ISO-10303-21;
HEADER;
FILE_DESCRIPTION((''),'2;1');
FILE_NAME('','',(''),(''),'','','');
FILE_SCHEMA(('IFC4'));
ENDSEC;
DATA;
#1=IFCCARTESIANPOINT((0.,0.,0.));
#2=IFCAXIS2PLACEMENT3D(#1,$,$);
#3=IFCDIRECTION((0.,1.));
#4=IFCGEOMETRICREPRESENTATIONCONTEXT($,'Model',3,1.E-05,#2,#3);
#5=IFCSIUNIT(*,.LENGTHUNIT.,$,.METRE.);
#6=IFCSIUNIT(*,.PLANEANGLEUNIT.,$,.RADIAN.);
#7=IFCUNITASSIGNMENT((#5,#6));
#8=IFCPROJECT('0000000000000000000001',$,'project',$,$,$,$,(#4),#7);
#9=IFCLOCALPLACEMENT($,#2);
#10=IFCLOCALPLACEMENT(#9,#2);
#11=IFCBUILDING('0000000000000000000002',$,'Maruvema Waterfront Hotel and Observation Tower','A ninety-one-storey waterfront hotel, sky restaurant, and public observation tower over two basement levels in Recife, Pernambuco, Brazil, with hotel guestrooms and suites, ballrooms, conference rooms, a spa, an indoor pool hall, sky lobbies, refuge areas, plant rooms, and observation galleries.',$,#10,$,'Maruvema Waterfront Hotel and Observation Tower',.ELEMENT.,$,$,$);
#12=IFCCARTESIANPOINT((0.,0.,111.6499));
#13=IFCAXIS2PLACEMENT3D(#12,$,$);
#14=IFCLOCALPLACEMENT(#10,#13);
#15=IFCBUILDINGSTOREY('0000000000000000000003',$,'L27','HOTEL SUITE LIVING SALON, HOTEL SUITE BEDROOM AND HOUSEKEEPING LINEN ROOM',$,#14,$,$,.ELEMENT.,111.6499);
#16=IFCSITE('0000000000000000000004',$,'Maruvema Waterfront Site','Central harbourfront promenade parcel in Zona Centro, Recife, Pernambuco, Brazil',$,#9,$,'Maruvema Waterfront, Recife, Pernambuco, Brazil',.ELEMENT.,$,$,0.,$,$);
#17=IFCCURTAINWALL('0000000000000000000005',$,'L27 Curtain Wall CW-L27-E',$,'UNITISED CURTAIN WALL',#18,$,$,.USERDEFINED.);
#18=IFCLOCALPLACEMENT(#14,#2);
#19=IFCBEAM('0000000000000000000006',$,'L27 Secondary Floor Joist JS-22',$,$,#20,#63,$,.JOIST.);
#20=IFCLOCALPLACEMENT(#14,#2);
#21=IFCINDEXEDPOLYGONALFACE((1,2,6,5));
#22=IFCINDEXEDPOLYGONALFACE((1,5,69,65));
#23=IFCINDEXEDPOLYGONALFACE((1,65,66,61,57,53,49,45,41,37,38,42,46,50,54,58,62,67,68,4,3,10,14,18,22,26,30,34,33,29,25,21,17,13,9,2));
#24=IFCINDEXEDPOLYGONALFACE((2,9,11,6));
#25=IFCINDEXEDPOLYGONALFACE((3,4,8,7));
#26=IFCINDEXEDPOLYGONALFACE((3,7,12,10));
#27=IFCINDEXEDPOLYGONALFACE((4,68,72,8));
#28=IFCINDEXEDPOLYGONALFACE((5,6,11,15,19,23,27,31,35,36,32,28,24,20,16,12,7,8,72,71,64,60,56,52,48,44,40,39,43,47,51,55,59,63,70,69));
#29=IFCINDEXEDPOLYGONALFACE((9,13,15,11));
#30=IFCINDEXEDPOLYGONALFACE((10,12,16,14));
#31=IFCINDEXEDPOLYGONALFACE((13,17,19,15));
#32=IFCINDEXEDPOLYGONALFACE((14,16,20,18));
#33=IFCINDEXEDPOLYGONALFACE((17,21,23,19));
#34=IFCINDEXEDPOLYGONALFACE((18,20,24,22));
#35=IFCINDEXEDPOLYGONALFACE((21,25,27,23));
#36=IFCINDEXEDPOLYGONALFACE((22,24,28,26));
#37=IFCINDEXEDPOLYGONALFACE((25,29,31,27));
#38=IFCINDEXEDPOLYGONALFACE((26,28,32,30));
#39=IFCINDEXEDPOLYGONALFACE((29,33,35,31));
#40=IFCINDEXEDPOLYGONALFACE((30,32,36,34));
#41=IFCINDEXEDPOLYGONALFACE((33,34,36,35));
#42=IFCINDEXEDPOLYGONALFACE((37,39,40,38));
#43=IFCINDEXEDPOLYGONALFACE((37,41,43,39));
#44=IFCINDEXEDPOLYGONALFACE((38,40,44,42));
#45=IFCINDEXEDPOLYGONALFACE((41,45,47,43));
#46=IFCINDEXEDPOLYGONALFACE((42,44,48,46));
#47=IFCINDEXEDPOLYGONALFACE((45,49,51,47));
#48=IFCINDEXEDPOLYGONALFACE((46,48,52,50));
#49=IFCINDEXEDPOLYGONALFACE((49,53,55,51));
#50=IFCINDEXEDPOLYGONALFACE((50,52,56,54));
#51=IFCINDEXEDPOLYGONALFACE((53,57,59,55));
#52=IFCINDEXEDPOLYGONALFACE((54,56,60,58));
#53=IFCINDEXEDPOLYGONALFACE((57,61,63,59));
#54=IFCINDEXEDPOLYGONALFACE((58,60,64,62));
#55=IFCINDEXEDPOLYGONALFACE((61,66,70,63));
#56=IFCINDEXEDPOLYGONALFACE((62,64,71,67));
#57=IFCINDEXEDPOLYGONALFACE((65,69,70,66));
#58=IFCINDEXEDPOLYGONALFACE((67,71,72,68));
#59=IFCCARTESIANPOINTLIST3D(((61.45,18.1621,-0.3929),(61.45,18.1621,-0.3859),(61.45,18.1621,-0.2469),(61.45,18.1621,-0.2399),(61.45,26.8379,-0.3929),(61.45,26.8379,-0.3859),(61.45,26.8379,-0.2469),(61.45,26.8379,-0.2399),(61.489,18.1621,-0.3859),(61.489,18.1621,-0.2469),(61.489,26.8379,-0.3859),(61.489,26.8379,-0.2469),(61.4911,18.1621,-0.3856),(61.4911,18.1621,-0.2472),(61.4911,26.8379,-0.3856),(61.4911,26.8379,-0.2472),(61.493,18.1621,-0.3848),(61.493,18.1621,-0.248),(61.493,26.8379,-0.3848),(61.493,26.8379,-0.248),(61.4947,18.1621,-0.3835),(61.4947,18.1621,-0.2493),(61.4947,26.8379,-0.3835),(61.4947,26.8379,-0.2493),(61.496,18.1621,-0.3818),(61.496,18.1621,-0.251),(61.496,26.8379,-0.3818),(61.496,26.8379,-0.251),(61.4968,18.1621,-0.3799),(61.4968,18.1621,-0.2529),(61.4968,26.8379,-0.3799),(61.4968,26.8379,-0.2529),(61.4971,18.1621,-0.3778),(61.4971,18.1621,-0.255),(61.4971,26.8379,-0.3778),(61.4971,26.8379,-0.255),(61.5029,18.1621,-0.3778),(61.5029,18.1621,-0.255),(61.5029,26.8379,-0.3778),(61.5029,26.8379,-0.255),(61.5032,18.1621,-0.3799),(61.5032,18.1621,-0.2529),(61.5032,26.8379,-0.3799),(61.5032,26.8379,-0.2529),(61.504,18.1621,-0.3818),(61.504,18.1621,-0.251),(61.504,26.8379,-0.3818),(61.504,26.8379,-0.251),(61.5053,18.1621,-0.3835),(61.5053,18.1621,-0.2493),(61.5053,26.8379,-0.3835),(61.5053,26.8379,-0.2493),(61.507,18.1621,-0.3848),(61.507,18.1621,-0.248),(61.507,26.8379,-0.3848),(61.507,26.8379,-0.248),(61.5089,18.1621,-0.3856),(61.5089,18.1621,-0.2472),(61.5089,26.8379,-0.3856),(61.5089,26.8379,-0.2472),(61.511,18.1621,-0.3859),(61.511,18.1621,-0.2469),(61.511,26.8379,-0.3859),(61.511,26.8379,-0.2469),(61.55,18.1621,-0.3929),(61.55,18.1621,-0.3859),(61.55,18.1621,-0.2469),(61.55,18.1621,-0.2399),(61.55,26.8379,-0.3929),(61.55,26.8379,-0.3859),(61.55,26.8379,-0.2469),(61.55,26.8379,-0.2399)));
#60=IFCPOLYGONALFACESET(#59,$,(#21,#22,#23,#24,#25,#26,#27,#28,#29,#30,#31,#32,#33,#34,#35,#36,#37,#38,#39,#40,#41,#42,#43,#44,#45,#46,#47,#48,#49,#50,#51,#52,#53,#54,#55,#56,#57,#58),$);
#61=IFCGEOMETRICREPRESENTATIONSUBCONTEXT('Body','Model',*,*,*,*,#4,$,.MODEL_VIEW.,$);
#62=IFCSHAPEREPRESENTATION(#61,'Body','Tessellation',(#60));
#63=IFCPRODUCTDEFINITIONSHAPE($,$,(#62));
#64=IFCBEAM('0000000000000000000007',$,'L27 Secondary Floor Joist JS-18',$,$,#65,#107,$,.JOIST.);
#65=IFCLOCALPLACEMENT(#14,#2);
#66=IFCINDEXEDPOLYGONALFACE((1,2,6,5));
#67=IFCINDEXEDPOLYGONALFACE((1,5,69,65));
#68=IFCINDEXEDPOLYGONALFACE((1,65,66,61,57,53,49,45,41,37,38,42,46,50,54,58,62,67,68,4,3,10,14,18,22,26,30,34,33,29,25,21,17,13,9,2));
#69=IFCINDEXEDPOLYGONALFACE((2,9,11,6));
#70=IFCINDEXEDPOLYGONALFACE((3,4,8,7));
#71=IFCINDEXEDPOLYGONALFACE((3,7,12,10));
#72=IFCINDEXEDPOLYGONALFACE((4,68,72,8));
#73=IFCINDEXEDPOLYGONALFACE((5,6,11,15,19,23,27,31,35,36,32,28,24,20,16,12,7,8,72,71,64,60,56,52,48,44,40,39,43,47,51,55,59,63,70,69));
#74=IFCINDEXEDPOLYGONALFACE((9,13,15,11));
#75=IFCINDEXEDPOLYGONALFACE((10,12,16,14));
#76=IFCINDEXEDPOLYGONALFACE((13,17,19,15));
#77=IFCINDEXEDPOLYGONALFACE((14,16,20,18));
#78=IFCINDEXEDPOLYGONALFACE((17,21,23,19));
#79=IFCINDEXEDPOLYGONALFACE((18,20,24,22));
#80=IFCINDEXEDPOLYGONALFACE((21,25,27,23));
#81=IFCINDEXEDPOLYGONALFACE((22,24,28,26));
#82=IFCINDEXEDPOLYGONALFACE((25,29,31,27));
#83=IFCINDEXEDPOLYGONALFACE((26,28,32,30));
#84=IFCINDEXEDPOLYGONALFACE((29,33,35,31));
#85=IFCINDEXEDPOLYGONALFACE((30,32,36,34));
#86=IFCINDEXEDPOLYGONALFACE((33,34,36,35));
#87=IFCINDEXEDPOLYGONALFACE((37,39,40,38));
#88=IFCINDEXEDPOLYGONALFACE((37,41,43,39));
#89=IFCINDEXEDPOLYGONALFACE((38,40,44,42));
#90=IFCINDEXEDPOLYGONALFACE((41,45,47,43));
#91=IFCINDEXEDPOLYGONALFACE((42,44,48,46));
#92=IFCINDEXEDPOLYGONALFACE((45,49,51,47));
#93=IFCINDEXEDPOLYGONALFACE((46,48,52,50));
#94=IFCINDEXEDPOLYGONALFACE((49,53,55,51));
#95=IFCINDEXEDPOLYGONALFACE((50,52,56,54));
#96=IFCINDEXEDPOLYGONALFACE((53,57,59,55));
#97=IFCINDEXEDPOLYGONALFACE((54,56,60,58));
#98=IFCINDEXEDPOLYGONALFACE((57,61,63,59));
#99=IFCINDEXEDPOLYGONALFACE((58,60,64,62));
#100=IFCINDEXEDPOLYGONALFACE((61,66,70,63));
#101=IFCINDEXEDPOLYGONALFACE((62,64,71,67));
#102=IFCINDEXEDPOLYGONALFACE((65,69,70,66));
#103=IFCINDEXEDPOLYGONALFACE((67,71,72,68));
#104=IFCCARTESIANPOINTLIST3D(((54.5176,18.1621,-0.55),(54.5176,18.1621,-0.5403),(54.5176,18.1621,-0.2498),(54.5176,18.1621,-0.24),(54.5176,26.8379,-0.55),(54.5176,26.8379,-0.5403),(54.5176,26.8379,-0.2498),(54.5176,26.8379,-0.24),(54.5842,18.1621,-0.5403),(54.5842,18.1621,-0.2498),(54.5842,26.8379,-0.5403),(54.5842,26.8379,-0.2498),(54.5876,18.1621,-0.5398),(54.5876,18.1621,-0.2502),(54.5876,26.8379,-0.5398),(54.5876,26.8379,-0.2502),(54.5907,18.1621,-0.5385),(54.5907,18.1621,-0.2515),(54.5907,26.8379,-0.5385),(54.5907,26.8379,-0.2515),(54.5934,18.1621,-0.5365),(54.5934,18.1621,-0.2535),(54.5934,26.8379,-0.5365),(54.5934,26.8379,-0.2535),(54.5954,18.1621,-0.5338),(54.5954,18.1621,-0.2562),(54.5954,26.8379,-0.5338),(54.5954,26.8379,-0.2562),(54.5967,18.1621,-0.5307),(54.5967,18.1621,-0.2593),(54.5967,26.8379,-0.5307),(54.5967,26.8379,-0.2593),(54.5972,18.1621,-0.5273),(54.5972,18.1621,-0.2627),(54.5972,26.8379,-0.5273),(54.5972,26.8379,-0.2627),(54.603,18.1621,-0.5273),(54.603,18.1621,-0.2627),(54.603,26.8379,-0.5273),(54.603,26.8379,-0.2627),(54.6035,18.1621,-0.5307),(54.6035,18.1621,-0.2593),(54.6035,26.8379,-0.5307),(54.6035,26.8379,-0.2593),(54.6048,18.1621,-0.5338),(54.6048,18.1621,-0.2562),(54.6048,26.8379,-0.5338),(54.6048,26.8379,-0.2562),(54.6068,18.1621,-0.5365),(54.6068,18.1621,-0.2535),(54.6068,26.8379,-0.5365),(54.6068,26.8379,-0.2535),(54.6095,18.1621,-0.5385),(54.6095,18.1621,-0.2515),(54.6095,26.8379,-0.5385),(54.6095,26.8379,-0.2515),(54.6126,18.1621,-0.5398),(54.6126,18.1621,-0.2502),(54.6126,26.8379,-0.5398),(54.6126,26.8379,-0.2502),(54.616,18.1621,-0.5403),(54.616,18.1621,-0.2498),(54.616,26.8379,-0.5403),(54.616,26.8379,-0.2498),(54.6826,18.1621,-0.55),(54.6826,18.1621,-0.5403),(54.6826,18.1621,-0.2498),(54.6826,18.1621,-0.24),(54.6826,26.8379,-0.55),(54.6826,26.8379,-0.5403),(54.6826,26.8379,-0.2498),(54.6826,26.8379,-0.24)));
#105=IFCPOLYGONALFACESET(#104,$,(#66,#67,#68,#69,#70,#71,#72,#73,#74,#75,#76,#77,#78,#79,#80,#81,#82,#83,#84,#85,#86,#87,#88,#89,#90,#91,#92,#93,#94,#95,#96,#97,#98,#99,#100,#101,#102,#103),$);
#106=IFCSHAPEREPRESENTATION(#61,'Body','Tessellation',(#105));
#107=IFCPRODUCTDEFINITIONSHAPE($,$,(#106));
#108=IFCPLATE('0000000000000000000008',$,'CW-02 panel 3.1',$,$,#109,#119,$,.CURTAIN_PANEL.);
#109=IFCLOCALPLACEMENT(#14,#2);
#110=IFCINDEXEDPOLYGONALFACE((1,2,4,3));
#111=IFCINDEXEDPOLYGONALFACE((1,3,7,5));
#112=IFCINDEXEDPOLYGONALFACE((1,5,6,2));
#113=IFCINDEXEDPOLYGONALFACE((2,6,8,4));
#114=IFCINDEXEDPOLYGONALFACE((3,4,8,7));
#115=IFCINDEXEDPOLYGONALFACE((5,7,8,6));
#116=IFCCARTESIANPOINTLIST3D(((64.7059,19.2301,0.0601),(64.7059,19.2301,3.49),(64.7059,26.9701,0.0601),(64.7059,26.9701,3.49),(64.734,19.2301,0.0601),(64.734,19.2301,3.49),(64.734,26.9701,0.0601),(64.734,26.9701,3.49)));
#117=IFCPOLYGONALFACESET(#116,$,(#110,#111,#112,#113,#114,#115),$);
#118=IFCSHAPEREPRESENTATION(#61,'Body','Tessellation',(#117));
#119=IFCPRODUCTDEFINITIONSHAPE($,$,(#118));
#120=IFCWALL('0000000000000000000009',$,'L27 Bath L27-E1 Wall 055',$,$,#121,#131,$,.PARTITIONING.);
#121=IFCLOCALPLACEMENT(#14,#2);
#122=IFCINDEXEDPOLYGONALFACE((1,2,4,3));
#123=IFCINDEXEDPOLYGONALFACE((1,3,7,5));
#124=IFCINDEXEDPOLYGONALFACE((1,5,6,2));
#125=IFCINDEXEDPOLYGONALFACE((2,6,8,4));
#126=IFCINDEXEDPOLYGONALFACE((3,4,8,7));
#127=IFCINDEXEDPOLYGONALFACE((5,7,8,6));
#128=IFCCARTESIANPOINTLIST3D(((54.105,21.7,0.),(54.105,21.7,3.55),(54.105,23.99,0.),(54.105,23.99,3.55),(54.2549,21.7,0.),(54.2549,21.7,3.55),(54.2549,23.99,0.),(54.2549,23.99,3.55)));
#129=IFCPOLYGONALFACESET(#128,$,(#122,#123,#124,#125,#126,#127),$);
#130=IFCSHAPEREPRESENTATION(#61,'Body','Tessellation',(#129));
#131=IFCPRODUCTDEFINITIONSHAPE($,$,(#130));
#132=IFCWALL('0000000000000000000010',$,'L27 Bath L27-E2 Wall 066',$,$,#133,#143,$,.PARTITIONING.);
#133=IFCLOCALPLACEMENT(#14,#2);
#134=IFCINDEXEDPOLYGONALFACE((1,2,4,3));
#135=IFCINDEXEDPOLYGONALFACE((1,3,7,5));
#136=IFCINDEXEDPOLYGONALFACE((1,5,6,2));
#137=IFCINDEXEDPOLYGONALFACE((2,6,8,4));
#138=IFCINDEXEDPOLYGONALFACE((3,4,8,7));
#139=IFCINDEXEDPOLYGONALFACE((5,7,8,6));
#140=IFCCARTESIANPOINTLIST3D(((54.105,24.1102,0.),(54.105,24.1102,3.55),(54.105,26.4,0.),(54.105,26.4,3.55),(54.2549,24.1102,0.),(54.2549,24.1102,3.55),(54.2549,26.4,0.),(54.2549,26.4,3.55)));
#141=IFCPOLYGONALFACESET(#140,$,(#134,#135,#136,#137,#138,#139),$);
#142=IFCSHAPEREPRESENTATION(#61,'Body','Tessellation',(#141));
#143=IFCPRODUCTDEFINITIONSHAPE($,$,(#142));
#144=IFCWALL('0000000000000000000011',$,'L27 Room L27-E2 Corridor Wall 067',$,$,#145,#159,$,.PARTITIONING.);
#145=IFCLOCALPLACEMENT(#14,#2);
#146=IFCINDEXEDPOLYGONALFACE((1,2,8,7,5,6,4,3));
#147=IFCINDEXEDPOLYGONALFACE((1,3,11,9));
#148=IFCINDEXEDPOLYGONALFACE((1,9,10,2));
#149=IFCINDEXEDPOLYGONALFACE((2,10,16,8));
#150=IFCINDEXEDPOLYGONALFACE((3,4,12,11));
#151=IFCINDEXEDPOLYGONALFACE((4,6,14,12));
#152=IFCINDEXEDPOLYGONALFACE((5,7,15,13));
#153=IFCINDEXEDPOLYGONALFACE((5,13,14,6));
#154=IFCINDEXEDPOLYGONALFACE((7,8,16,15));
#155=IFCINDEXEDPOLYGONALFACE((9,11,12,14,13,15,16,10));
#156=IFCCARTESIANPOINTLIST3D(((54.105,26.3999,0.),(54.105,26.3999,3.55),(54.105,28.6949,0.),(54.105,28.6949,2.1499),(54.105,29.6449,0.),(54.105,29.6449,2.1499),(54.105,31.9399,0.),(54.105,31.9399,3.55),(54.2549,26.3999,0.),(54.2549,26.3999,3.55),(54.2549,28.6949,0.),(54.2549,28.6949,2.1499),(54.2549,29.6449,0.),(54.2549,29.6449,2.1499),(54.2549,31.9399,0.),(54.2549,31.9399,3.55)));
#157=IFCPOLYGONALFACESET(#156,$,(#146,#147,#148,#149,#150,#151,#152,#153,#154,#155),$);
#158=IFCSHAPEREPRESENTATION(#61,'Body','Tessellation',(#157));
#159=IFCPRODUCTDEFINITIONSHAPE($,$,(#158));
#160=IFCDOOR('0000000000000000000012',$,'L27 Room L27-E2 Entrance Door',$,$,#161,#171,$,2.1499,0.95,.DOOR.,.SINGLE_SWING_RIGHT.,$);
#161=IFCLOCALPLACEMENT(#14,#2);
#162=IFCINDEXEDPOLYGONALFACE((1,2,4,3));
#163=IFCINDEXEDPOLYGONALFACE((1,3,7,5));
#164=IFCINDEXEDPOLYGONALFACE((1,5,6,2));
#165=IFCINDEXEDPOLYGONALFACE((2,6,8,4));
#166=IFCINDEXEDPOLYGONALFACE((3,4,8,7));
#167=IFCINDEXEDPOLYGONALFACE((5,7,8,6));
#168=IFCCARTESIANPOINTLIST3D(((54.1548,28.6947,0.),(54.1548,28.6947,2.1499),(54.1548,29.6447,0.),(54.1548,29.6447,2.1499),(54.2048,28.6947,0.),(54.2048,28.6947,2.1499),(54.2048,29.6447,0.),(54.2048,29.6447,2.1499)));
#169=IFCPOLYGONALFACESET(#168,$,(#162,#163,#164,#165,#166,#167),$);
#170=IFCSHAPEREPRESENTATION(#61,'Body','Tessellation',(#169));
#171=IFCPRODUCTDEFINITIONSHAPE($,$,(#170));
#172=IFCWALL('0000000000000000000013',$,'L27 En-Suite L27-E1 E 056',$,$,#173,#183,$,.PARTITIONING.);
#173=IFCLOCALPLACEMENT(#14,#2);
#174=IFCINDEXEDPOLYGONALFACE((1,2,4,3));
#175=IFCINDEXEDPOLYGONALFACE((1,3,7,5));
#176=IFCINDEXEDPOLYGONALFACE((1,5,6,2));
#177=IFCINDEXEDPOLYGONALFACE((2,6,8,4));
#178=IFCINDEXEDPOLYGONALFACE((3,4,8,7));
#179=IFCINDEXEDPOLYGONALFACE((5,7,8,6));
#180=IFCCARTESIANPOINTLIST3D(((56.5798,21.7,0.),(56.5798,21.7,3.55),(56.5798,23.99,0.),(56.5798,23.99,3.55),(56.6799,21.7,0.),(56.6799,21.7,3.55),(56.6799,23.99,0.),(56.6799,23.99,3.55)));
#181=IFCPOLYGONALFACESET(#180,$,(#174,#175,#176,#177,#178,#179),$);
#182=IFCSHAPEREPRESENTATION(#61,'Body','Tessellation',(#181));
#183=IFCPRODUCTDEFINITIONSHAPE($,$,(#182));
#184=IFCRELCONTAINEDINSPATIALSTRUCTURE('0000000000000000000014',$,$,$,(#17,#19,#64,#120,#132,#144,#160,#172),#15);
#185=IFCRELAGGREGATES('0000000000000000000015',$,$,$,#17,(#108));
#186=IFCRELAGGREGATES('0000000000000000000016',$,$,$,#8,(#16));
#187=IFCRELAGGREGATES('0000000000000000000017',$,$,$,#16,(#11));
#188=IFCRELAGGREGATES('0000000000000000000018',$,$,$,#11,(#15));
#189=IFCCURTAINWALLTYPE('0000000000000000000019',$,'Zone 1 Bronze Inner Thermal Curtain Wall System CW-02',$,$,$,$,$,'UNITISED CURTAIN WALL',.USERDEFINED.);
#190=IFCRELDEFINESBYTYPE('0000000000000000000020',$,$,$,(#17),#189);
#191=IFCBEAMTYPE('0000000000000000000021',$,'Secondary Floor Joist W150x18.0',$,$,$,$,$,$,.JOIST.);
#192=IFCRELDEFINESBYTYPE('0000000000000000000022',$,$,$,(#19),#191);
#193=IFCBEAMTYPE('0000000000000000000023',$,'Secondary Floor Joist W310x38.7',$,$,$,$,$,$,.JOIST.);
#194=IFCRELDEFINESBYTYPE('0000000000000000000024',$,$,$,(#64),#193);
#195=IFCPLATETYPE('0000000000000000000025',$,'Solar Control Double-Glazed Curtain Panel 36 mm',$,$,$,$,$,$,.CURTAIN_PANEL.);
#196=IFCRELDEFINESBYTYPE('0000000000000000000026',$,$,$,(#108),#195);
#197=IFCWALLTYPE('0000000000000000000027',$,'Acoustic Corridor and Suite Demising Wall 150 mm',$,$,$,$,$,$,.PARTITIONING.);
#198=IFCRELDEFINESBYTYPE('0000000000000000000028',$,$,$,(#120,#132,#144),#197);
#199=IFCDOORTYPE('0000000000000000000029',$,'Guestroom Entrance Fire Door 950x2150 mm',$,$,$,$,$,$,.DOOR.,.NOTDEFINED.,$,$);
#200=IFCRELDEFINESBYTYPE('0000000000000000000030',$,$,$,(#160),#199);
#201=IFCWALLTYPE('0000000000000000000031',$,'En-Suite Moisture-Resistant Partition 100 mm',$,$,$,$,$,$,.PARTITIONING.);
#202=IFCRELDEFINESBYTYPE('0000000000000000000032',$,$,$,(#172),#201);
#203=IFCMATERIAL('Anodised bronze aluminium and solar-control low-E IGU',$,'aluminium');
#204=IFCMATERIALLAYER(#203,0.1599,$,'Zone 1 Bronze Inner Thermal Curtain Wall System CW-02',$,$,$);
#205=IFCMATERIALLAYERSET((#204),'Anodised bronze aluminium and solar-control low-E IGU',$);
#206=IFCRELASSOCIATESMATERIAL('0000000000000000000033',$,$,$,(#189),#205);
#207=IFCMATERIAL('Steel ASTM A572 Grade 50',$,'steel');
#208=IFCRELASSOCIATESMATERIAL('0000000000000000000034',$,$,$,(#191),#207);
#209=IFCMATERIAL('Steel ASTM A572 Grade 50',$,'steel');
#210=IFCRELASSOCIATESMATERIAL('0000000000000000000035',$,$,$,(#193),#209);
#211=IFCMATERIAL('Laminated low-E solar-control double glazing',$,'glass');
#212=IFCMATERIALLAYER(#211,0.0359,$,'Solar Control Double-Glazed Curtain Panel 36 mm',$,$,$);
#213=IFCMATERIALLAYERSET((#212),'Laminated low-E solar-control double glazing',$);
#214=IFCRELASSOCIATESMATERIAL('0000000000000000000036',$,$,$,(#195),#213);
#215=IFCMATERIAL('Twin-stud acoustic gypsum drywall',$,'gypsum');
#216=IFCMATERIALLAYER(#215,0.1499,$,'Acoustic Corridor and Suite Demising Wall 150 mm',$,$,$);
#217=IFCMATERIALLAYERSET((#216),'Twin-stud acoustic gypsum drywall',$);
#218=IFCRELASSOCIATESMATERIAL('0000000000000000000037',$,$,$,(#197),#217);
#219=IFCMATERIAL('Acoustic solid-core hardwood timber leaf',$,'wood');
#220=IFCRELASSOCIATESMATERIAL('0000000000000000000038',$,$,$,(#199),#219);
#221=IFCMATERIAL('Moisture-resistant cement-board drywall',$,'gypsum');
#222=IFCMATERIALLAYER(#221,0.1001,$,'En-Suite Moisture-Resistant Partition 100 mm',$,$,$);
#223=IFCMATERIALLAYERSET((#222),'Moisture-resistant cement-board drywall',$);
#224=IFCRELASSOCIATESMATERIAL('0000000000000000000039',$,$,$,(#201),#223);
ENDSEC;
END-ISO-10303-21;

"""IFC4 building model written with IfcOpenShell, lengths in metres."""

from ifc_helpers import new_model, si_unit, direction, frame, frame_2d, origin, origin_2d, place, context, subcontext, project, spatial, rectangle, i_section, extrude, material, layer, layer_set, material_profile, profile_set, type_object, element, fill, aggregate, save


model = new_model("IFC4")

# Units and contexts
model_context = context("Model", 3, precision=1e-05, world=origin(), true_north=direction((0.0, 1.0)))
body_context = subcontext(model_context, "Body", "Model", "MODEL_VIEW")
ifc_project = project(units=[si_unit("LENGTHUNIT", "METRE"), si_unit("PLANEANGLEUNIT", "RADIAN")], contexts=[model_context])

# Site, building, storey
site_placement = place(None, origin())
site = spatial("IfcSite", under=ifc_project, at=site_placement, Name="Maruvema Waterfront Site", Description="Central harbourfront promenade parcel in Zona Centro, Recife, Pernambuco, Brazil", LongName="Maruvema Waterfront, Recife, Pernambuco, Brazil", CompositionType="ELEMENT", RefElevation=0.0)
building_placement = place(site_placement, origin())
building = spatial("IfcBuilding", under=site, at=building_placement, Name="Maruvema Waterfront Hotel and Observation Tower", Description="A ninety-one-storey waterfront hotel, sky restaurant, and public observation tower over two basement levels in Recife, Pernambuco, Brazil, with hotel guestrooms and suites, ballrooms, conference rooms, a spa, an indoor pool hall, sky lobbies, refuge areas, plant rooms, and observation galleries.", LongName="Maruvema Waterfront Hotel and Observation Tower", CompositionType="ELEMENT")
storey_placement = place(building_placement, frame((0.0, 0.0, 111.6499)))
storey = spatial("IfcBuildingStorey", under=building, at=storey_placement, Name="L27", Description="HOTEL SUITE LIVING SALON, HOTEL SUITE BEDROOM AND HOUSEKEEPING LINEN ROOM", CompositionType="ELEMENT", Elevation=111.6499)

# Curtain wall
ifc_material_1 = material(Name="Anodised bronze aluminium and solar-control low-E IGU", Category="aluminium")
ifc_layer_1 = layer(ifc_material_1, 0.1599, Name="Zone 1 Bronze Inner Thermal Curtain Wall System CW-02")
ifc_layer_set_1 = layer_set([ifc_layer_1], Name="Anodised bronze aluminium and solar-control low-E IGU")
curtain_wall_type = type_object("IfcCurtainWallType", Name="Zone 1 Bronze Inner Thermal Curtain Wall System CW-02", ElementType="UNITISED CURTAIN WALL", PredefinedType="USERDEFINED", material=ifc_layer_set_1)
curtain_wall_placement = place(storey_placement, origin())
curtain_wall = element("IfcCurtainWall", 1, at=curtain_wall_placement, inside=storey, type_object=curtain_wall_type, Name="L27 Curtain Wall CW-L27-E", ObjectType="UNITISED CURTAIN WALL", PredefinedType="USERDEFINED")

# Beams
ifc_material_2 = material(Name="Steel ASTM A572 Grade 50", Category="steel")
ifc_material_profile_1 = material_profile(ifc_material_2, i_section(OverallWidth=0.1001, OverallDepth=0.1531, WebThickness=0.0059, FlangeThickness=0.0071, FilletRadius=0.0081, at=origin_2d()), Name="W150x18.0")
ifc_profile_set_1 = profile_set([ifc_material_profile_1], Name="Steel ASTM A572 Grade 50")
beam_type_1 = type_object("IfcBeamType", Name="Secondary Floor Joist W150x18.0", PredefinedType="JOIST", material=ifc_profile_set_1)
beam_1_placement = place(storey_placement, frame((61.5, 18.1621, -0.3164), z_axis=(0.0, 1.0, 0.0), x_axis=(-1.0, 0.0, 0.0)))
element("IfcBeam", 2, at=beam_1_placement, inside=storey, type_object=beam_type_1, Name="L27 Secondary Floor Joist JS-22", PredefinedType="JOIST", context=body_context, shape_type="SweptSolid", body=[
    extrude(i_section(OverallWidth=0.1001, OverallDepth=0.1531, WebThickness=0.0059, FlangeThickness=0.0071, FilletRadius=0.0081, at=origin_2d()), origin(), (0.0, 0.0, 1.0), 8.6758),
])
ifc_material_3 = material(Name="Steel ASTM A572 Grade 50", Category="steel")
ifc_material_profile_2 = material_profile(ifc_material_3, i_section(OverallWidth=0.165, OverallDepth=0.3101, WebThickness=0.0059, FlangeThickness=0.0098, FilletRadius=0.0129, at=origin_2d()), Name="W310x38.7")
ifc_profile_set_2 = profile_set([ifc_material_profile_2], Name="Steel ASTM A572 Grade 50")
beam_type_2 = type_object("IfcBeamType", Name="Secondary Floor Joist W310x38.7", PredefinedType="JOIST", material=ifc_profile_set_2)
beam_2_placement = place(storey_placement, frame((54.6001, 18.1621, -0.395), z_axis=(0.0, 1.0, 0.0), x_axis=(-1.0, 0.0, 0.0)))
element("IfcBeam", 3, at=beam_2_placement, inside=storey, type_object=beam_type_2, Name="L27 Secondary Floor Joist JS-18", PredefinedType="JOIST", context=body_context, shape_type="SweptSolid", body=[
    extrude(i_section(OverallWidth=0.165, OverallDepth=0.3101, WebThickness=0.0059, FlangeThickness=0.0098, FilletRadius=0.0129, at=origin_2d()), origin(), (0.0, 0.0, 1.0), 8.6758),
])

# Plate
ifc_material_4 = material(Name="Laminated low-E solar-control double glazing", Category="glass")
ifc_layer_2 = layer(ifc_material_4, 0.0359, Name="Solar Control Double-Glazed Curtain Panel 36 mm")
ifc_layer_set_2 = layer_set([ifc_layer_2], Name="Laminated low-E solar-control double glazing")
plate_type = type_object("IfcPlateType", Name="Solar Control Double-Glazed Curtain Panel 36 mm", PredefinedType="CURTAIN_PANEL", material=ifc_layer_set_2)
plate_placement = place(storey_placement, frame((64.72, 23.1001, 0.0601), z_axis=(0.0, 0.0, 1.0), x_axis=(0.0, 1.0, 0.0)))
plate = element("IfcPlate", 4, at=plate_placement, type_object=plate_type, Name="CW-02 panel 3.1", PredefinedType="CURTAIN_PANEL", context=body_context, shape_type="SweptSolid", body=[
    extrude(rectangle(XDim=7.74, YDim=0.0281, at=origin_2d()), origin(), (0.0, 0.0, 1.0), 3.4299),
])
aggregate(curtain_wall, [plate])

# Walls
ifc_material_5 = material(Name="Twin-stud acoustic gypsum drywall", Category="gypsum")
ifc_layer_3 = layer(ifc_material_5, 0.1499, Name="Acoustic Corridor and Suite Demising Wall 150 mm")
ifc_layer_set_3 = layer_set([ifc_layer_3], Name="Twin-stud acoustic gypsum drywall")
wall_type_1 = type_object("IfcWallType", Name="Acoustic Corridor and Suite Demising Wall 150 mm", PredefinedType="PARTITIONING", material=ifc_layer_set_3)
wall_1_placement = place(storey_placement, frame((54.1799, 21.7, 0.0), z_axis=(0.0, 0.0, 1.0), x_axis=(0.0, 1.0, 0.0)))
element("IfcWall", 5, at=wall_1_placement, inside=storey, type_object=wall_type_1, Name="L27 Bath L27-E1 Wall 055", PredefinedType="PARTITIONING", context=body_context, shape_type="SweptSolid", body=[
    extrude(rectangle(XDim=2.29, YDim=0.1499, at=frame_2d((1.145, 0.0))), origin(), (0.0, 0.0, 1.0), 3.55),
])
wall_2_placement = place(storey_placement, frame((54.1799, 24.1101, 0.0), z_axis=(0.0, 0.0, 1.0), x_axis=(0.0, 1.0, 0.0)))
element("IfcWall", 6, at=wall_2_placement, inside=storey, type_object=wall_type_1, Name="L27 Bath L27-E2 Wall 066", PredefinedType="PARTITIONING", context=body_context, shape_type="SweptSolid", body=[
    extrude(rectangle(XDim=2.2898, YDim=0.1499, at=frame_2d((1.145, 0.0))), origin(), (0.0, 0.0, 1.0), 3.55),
])

# Wall, opening, door
wall_3_placement = place(storey_placement, frame((54.1799, 26.3999, 0.0), z_axis=(0.0, 0.0, 1.0), x_axis=(0.0, 1.0, 0.0)))
wall_3 = element("IfcWall", 7, at=wall_3_placement, inside=storey, type_object=wall_type_1, Name="L27 Room L27-E2 Corridor Wall 067", PredefinedType="PARTITIONING", context=body_context, shape_type="SweptSolid", body=[
    extrude(rectangle(XDim=5.54, YDim=0.1499, at=frame_2d((2.77, 0.0))), origin(), (0.0, 0.0, 1.0), 3.55),
])
opening_1_placement = place(wall_3_placement, frame((2.2949, 0.0, 0.0)))
opening_1 = element("IfcOpeningElement", 8, at=opening_1_placement, cuts=wall_3, PredefinedType="OPENING", context=body_context, shape_type="SweptSolid", body=[
    extrude(rectangle(XDim=0.95, YDim=2.1499, at=frame_2d((0.4751, 1.075))), frame((0.0, 0.085, 0.0), z_axis=(0.0, -1.0, 0.0), x_axis=(1.0, 0.0, 0.0)), (0.0, 0.0, 1.0), 0.1699),
])
ifc_material_6 = material(Name="Acoustic solid-core hardwood timber leaf", Category="wood")
door_type_1 = type_object("IfcDoorType", Name="Guestroom Entrance Fire Door 950x2150 mm", OperationType="NOTDEFINED", PredefinedType="DOOR", material=ifc_material_6)
door_1_placement = place(opening_1_placement, frame((0.95, 0.0, 0.0), z_axis=(0.0, 0.0, 1.0), x_axis=(-1.0, 0.0, 0.0)))
door_1 = element("IfcDoor", 9, at=door_1_placement, inside=storey, type_object=door_type_1, Name="L27 Room L27-E2 Entrance Door", OperationType="SINGLE_SWING_RIGHT", OverallHeight=2.1499, OverallWidth=0.95, PredefinedType="DOOR", context=body_context, shape_type="SweptSolid", body=[
    extrude(rectangle(XDim=0.95, YDim=2.1499, at=frame_2d((0.4751, 1.075))), frame((0.0, 0.0249, 0.0), z_axis=(0.0, -1.0, 0.0), x_axis=(1.0, 0.0, 0.0)), (0.0, 0.0, 1.0), 0.05),
])
fill(opening_1, door_1)

# Wall
ifc_material_7 = material(Name="Moisture-resistant cement-board drywall", Category="gypsum")
ifc_layer_4 = layer(ifc_material_7, 0.1001, Name="En-Suite Moisture-Resistant Partition 100 mm")
ifc_layer_set_4 = layer_set([ifc_layer_4], Name="Moisture-resistant cement-board drywall")
wall_type_2 = type_object("IfcWallType", Name="En-Suite Moisture-Resistant Partition 100 mm", PredefinedType="PARTITIONING", material=ifc_layer_set_4)
wall_4_placement = place(storey_placement, frame((56.6299, 21.7, 0.0), z_axis=(0.0, 0.0, 1.0), x_axis=(0.0, 1.0, 0.0)))
element("IfcWall", 10, at=wall_4_placement, inside=storey, type_object=wall_type_2, Name="L27 En-Suite L27-E1 E 056", PredefinedType="PARTITIONING", context=body_context, shape_type="SweptSolid", body=[
    extrude(rectangle(XDim=2.29, YDim=0.1001, at=frame_2d((1.145, 0.0))), origin(), (0.0, 0.0, 1.0), 3.55),
])

save(model, "model.ifc")
